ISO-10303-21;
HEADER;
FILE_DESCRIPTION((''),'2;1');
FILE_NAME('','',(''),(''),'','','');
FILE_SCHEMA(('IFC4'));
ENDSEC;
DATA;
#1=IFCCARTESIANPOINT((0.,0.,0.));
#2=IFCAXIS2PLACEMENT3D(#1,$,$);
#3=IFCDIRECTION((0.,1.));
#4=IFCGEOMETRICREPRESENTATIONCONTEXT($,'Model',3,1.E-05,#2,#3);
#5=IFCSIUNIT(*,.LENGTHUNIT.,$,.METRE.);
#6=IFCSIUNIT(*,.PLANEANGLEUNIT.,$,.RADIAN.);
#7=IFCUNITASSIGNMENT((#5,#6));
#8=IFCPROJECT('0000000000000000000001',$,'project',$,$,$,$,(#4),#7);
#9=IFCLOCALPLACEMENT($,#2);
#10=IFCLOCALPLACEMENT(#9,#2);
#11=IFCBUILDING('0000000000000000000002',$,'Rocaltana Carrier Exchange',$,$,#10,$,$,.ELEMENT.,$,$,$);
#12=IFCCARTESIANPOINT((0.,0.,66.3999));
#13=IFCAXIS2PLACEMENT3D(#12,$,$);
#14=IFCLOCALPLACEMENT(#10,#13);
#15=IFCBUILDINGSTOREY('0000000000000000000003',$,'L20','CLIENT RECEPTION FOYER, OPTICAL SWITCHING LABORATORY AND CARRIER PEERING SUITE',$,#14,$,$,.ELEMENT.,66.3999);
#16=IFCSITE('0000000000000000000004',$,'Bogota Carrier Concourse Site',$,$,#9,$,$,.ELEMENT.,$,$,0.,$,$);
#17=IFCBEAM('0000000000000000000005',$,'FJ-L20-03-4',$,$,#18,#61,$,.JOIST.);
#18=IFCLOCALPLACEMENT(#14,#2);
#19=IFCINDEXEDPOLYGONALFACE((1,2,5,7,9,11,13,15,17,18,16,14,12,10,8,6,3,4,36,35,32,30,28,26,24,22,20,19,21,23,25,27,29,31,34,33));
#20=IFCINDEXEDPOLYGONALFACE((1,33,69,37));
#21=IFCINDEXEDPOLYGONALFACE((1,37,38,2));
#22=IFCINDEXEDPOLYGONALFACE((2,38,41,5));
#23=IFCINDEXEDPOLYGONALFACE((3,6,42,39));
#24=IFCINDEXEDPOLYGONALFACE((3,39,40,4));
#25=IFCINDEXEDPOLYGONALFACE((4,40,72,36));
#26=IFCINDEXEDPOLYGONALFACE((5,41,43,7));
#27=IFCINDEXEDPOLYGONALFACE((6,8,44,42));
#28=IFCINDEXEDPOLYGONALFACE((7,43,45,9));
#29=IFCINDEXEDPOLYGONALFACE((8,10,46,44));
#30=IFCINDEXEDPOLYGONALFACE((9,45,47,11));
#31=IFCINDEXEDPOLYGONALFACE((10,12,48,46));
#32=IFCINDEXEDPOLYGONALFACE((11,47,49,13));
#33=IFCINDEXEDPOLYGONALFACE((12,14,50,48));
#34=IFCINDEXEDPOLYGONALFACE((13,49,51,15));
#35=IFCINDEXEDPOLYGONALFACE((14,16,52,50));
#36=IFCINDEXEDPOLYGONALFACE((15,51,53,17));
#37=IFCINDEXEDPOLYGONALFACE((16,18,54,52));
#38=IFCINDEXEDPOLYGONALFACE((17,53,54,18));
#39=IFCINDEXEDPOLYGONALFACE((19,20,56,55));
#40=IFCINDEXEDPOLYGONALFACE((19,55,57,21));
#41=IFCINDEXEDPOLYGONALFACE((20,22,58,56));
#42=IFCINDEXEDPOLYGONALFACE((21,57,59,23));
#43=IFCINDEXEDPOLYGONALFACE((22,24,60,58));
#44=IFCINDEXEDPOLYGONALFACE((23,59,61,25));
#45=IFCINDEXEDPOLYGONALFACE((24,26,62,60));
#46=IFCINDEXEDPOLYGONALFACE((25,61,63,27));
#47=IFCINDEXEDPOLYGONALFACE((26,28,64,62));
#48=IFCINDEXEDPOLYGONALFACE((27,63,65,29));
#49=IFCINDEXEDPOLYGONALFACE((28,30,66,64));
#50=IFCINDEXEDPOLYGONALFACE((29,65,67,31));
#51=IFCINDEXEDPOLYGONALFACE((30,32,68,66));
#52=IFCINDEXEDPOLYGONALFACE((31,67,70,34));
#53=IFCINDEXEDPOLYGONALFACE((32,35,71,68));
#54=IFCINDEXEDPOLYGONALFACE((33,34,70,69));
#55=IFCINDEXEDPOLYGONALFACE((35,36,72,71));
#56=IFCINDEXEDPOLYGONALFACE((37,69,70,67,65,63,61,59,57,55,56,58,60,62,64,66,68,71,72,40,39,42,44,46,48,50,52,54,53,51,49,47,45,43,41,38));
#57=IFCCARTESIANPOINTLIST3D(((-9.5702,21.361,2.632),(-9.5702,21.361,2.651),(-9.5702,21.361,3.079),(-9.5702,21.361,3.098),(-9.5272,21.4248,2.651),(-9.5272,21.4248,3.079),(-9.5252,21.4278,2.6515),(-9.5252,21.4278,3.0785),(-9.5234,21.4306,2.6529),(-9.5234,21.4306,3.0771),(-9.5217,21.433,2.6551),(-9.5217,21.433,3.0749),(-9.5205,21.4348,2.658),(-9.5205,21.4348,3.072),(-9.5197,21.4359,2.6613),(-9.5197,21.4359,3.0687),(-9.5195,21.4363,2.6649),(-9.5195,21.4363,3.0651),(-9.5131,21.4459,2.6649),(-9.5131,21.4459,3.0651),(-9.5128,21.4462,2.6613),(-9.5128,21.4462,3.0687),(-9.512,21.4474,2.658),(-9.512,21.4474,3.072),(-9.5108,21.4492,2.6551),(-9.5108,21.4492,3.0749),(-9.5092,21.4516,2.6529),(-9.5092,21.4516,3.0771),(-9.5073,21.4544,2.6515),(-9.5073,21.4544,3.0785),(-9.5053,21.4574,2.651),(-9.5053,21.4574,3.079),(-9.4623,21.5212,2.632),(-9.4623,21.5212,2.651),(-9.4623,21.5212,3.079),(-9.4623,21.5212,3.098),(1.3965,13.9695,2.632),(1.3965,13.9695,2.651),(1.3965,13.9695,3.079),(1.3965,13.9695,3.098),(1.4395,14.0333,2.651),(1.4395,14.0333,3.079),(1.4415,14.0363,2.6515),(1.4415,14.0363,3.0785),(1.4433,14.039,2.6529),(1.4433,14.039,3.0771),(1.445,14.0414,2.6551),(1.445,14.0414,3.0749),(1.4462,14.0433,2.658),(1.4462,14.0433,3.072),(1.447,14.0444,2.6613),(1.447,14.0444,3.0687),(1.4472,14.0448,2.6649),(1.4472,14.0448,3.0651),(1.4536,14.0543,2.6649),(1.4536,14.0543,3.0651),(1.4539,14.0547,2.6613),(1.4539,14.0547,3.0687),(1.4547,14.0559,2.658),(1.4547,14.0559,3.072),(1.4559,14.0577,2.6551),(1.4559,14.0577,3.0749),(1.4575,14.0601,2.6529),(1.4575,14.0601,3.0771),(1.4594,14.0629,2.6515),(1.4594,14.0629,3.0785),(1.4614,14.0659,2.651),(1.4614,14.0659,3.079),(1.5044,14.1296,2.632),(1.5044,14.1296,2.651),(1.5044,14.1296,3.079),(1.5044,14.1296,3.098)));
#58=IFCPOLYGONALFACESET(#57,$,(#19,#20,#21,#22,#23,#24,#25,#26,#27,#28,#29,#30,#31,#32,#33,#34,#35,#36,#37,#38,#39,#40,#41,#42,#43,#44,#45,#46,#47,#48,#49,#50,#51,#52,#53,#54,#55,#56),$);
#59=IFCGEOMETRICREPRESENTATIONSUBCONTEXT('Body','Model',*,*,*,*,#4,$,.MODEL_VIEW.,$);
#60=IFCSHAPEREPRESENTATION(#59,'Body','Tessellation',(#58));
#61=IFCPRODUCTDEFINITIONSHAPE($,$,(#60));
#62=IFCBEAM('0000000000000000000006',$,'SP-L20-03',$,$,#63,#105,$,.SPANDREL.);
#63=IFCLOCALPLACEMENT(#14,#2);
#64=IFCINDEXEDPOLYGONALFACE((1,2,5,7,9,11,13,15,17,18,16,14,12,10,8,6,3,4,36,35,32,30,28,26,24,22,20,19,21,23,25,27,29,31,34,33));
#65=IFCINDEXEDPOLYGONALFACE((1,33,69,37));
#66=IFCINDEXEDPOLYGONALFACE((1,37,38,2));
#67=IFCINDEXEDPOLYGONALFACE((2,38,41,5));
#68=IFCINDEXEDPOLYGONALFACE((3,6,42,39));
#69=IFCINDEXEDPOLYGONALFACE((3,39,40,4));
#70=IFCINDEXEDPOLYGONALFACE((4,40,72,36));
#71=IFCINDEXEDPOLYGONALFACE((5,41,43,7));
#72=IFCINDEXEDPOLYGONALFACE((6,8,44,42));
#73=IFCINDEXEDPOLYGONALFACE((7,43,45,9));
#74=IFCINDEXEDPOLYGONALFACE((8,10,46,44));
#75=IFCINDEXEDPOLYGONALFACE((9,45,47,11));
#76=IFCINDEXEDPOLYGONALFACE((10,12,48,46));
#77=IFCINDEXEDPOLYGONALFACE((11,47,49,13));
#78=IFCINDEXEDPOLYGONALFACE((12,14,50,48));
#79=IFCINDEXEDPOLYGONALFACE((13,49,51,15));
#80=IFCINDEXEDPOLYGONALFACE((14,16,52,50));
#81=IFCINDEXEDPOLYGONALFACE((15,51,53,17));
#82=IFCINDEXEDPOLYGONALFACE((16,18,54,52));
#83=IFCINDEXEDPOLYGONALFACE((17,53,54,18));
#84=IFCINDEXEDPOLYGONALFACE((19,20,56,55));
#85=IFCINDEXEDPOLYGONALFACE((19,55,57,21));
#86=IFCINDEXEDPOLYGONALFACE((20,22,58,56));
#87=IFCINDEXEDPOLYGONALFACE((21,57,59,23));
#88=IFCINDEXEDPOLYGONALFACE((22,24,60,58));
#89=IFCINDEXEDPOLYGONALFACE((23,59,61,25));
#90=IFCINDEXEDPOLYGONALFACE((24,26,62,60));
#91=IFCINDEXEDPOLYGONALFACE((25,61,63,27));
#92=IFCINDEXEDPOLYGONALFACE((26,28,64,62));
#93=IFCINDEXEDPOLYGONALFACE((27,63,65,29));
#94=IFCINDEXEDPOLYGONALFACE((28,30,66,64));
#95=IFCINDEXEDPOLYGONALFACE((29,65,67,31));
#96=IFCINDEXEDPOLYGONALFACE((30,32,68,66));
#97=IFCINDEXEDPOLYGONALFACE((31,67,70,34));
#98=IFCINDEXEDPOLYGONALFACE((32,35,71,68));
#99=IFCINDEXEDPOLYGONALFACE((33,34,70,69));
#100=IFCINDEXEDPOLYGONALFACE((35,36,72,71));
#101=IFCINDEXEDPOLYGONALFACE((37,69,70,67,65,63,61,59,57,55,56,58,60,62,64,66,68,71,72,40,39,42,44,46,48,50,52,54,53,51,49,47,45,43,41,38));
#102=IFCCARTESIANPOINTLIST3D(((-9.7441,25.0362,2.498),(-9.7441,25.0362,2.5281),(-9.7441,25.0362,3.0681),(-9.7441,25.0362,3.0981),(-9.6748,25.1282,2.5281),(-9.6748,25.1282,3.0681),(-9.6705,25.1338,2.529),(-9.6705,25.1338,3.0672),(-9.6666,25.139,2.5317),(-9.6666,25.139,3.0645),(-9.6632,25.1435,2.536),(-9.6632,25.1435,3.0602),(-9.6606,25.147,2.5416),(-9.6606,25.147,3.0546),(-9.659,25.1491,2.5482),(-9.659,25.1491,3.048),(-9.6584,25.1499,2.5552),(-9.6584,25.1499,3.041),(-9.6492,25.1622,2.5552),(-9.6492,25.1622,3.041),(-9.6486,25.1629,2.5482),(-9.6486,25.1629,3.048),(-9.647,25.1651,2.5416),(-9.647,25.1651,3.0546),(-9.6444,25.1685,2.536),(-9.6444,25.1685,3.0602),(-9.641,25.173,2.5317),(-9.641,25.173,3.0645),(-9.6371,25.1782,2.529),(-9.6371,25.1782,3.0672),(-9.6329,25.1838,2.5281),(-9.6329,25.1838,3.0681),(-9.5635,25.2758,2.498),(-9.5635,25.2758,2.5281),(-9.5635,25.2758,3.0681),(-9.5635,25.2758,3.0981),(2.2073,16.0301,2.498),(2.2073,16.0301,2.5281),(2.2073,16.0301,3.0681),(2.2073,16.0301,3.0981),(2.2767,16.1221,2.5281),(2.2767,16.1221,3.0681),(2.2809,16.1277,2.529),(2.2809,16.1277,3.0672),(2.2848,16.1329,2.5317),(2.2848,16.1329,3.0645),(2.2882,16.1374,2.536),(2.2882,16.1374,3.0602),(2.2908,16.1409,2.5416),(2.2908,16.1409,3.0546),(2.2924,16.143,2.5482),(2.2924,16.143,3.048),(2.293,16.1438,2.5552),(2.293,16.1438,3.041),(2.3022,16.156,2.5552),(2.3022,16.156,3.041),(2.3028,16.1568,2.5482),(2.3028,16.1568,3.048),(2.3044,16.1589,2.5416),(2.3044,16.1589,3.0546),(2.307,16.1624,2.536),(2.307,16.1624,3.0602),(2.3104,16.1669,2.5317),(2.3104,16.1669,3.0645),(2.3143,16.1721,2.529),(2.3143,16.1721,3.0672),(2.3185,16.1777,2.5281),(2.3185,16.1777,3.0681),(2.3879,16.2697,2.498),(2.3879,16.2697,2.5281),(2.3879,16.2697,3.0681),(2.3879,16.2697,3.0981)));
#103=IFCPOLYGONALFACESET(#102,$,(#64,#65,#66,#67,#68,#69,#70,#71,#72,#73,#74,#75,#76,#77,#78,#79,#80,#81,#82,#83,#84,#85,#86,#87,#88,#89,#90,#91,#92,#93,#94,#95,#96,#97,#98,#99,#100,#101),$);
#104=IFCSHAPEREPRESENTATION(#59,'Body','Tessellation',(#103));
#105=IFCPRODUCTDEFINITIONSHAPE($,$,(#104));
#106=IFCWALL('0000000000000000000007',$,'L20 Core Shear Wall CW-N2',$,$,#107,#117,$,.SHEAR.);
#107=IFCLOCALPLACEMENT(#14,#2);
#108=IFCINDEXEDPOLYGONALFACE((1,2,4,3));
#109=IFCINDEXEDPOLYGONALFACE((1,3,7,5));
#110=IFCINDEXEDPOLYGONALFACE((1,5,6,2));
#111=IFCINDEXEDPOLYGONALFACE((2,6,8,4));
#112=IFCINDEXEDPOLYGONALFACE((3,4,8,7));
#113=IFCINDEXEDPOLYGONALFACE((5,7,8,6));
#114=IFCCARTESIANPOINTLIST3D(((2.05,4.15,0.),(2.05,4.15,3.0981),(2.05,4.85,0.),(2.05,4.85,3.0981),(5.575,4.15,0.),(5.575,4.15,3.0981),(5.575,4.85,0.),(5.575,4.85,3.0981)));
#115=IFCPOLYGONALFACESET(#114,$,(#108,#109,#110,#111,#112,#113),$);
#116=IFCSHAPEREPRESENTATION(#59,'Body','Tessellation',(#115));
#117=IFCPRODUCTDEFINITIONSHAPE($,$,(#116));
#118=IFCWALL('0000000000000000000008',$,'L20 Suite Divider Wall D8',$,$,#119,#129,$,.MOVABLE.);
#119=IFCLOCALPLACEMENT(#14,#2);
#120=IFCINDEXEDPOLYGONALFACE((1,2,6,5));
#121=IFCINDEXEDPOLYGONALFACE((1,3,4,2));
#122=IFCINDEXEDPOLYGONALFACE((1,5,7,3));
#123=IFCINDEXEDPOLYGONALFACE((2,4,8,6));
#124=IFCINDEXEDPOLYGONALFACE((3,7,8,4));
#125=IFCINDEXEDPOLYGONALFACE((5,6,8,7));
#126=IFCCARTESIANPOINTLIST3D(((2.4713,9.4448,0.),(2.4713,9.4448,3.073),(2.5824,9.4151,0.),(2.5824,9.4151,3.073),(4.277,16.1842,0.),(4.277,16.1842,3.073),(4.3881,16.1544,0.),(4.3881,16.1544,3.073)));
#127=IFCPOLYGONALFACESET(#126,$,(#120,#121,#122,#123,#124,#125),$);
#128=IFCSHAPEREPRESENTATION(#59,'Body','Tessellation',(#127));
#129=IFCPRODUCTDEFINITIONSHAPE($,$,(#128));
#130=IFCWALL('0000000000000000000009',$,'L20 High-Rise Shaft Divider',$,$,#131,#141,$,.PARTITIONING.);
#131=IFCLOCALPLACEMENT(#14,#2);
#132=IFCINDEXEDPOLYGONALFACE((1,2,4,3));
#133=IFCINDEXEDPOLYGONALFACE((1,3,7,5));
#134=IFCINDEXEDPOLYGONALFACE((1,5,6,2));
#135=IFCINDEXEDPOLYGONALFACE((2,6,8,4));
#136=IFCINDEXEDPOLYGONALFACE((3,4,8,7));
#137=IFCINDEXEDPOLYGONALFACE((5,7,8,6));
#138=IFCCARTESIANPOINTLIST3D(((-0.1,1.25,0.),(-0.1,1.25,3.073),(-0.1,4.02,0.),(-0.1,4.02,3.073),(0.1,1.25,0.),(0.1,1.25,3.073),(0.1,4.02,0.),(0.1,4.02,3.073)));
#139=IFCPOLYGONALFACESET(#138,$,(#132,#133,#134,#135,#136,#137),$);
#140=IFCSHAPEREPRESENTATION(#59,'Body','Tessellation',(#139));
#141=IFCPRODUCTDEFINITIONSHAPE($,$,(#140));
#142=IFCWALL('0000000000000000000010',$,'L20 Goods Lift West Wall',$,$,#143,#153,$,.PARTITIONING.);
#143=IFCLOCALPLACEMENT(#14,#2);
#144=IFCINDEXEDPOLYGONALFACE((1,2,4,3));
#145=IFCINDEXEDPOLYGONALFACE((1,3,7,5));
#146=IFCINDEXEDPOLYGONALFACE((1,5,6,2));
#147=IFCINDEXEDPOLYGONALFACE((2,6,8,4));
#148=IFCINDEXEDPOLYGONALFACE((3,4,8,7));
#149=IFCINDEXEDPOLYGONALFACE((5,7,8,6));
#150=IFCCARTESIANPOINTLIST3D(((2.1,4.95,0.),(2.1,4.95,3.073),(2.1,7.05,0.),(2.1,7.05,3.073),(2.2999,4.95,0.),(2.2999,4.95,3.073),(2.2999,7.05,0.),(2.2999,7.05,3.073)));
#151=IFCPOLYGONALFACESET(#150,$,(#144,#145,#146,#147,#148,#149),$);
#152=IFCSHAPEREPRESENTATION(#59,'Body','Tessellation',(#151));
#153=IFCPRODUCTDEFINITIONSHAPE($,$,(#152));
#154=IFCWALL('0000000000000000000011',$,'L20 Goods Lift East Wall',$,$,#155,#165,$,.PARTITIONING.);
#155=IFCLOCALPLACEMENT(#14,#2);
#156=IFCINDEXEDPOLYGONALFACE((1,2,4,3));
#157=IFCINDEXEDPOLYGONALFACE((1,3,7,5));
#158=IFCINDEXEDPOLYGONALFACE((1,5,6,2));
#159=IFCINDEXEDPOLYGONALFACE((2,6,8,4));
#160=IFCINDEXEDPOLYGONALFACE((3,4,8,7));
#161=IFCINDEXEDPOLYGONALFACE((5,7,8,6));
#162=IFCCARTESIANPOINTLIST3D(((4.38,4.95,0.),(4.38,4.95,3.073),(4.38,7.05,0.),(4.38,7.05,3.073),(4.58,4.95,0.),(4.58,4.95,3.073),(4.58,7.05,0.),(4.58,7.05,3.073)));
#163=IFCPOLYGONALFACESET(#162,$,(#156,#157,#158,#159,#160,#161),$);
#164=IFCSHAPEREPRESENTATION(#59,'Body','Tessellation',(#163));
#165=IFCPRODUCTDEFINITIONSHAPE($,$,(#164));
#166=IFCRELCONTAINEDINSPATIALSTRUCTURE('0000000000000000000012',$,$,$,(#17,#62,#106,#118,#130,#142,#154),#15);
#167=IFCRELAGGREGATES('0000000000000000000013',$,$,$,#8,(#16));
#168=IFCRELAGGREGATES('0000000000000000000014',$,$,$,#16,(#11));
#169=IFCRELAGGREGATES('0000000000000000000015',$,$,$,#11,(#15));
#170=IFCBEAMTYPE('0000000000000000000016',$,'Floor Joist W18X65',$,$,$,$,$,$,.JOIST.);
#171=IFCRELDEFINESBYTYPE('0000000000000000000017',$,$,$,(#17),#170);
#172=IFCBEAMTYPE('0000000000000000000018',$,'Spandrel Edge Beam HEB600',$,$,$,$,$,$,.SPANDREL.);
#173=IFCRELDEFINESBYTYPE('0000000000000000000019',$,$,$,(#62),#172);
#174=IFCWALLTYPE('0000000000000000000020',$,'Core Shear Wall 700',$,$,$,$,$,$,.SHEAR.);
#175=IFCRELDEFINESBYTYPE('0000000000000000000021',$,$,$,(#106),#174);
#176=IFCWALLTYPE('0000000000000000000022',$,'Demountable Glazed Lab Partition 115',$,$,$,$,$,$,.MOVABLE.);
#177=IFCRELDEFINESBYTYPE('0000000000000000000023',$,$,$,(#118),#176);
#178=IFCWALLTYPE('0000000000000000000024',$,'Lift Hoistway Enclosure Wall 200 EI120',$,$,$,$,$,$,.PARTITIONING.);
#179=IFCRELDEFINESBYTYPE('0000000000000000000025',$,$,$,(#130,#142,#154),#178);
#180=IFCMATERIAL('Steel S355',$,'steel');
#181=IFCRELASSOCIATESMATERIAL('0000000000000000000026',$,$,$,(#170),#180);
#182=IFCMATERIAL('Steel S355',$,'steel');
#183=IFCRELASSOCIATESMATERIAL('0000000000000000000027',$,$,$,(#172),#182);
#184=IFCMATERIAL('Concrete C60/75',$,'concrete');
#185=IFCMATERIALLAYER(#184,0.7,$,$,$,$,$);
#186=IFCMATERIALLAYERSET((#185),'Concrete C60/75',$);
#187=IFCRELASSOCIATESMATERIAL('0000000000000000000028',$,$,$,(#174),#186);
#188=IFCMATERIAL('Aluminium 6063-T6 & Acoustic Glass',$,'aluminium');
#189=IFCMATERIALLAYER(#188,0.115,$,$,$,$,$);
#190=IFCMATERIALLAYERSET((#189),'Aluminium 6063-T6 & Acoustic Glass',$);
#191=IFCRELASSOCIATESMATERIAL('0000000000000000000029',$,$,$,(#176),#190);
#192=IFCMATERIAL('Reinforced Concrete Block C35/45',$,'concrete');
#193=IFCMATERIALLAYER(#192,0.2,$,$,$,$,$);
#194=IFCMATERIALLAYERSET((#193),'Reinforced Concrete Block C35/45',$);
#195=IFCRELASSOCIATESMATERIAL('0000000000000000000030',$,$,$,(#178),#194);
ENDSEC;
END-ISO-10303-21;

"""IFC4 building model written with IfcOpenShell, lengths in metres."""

from ifc_helpers import new_model, si_unit, direction, frame, frame_2d, origin, origin_2d, place, context, subcontext, project, spatial, rectangle, i_section, extrude, material, layer, layer_set, material_profile, profile_set, type_object, element, save


model = new_model("IFC4")

# Units and contexts
model_context = context("Model", 3, precision=1e-05, world=origin(), true_north=direction((0.0, 1.0)))
body_context = subcontext(model_context, "Body", "Model", "MODEL_VIEW")
ifc_project = project(units=[si_unit("LENGTHUNIT", "METRE"), si_unit("PLANEANGLEUNIT", "RADIAN")], contexts=[model_context])

# Site, building, storey
site_placement = place(None, origin())
site = spatial("IfcSite", under=ifc_project, at=site_placement, Name="Bogota Carrier Concourse Site", CompositionType="ELEMENT", RefElevation=0.0)
building_placement = place(site_placement, origin())
building = spatial("IfcBuilding", under=site, at=building_placement, Name="Rocaltana Carrier Exchange", CompositionType="ELEMENT")
storey_placement = place(building_placement, frame((0.0, 0.0, 66.3999)))
storey = spatial("IfcBuildingStorey", under=building, at=storey_placement, Name="L20", Description="CLIENT RECEPTION FOYER, OPTICAL SWITCHING LABORATORY AND CARRIER PEERING SUITE", CompositionType="ELEMENT", Elevation=66.3999)

# Beams
ifc_material_1 = material(Name="Steel S355", Category="steel")
ifc_material_profile_1 = material_profile(ifc_material_1, i_section(OverallWidth=0.1931, OverallDepth=0.4661, WebThickness=0.0115, FlangeThickness=0.019, FilletRadius=0.0139, at=origin_2d()), Name="W18X65")
ifc_profile_set_1 = profile_set([ifc_material_profile_1], Name="Steel S355")
beam_type_1 = type_object("IfcBeamType", Name="Floor Joist W18X65", PredefinedType="JOIST", material=ifc_profile_set_1)
beam_1_placement = place(storey_placement, frame((1.4504, 14.0496, 2.865), z_axis=(-0.829234, 0.558902, 0.0), x_axis=(-0.558902, -0.829234, 0.0)))
element("IfcBeam", 1, at=beam_1_placement, inside=storey, type_object=beam_type_1, Name="FJ-L20-03-4", PredefinedType="JOIST", context=body_context, shape_type="SweptSolid", body=[
    extrude(i_section(OverallWidth=0.1931, OverallDepth=0.4661, WebThickness=0.0115, FlangeThickness=0.019, FilletRadius=0.0139, at=origin_2d()), origin(), (0.0, 0.0, 1.0), 13.2251),
])
ifc_material_2 = material(Name="Steel S355", Category="steel")
ifc_material_profile_2 = material_profile(ifc_material_2, i_section(OverallWidth=0.3, OverallDepth=0.6001, WebThickness=0.0154, FlangeThickness=0.03, FilletRadius=0.0271, at=origin_2d()), Name="HEB600")
ifc_profile_set_2 = profile_set([ifc_material_profile_2], Name="Steel S355")
beam_type_2 = type_object("IfcBeamType", Name="Spandrel Edge Beam HEB600", PredefinedType="SPANDREL", material=ifc_profile_set_2)
beam_2_placement = place(storey_placement, frame((2.2976, 16.1499, 2.7981), z_axis=(-0.798633, 0.601818, 0.0), x_axis=(-0.601818, -0.798633, 0.0)))
element("IfcBeam", 2, at=beam_2_placement, inside=storey, type_object=beam_type_2, Name="SP-L20-03", PredefinedType="SPANDREL", context=body_context, shape_type="SweptSolid", body=[
    extrude(i_section(OverallWidth=0.3, OverallDepth=0.6001, WebThickness=0.0154, FlangeThickness=0.03, FilletRadius=0.0271, at=origin_2d()), origin(), (0.0, 0.0, 1.0), 14.9648),
])

# Walls
ifc_material_3 = material(Name="Concrete C60/75", Category="concrete")
ifc_layer_1 = layer(ifc_material_3, 0.7)
ifc_layer_set_1 = layer_set([ifc_layer_1], Name="Concrete C60/75")
wall_type_1 = type_object("IfcWallType", Name="Core Shear Wall 700", PredefinedType="SHEAR", material=ifc_layer_set_1)
wall_1_placement = place(storey_placement, frame((2.05, 4.5, 0.0), z_axis=(0.0, 0.0, 1.0), x_axis=(1.0, 0.0, 0.0)))
element("IfcWall", 3, at=wall_1_placement, inside=storey, type_object=wall_type_1, Name="L20 Core Shear Wall CW-N2", PredefinedType="SHEAR", context=body_context, shape_type="SweptSolid", body=[
    extrude(rectangle(XDim=3.5249, YDim=0.7, at=frame_2d((1.7625, 0.0))), origin(), (0.0, 0.0, 1.0), 3.0981),
])
ifc_material_4 = material(Name="Aluminium 6063-T6 & Acoustic Glass", Category="aluminium")
ifc_layer_2 = layer(ifc_material_4, 0.115)
ifc_layer_set_2 = layer_set([ifc_layer_2], Name="Aluminium 6063-T6 & Acoustic Glass")
wall_type_2 = type_object("IfcWallType", Name="Demountable Glazed Lab Partition 115", PredefinedType="MOVABLE", material=ifc_layer_set_2)
wall_2_placement = place(storey_placement, frame((2.5269, 9.4299, 0.0), z_axis=(0.0, 0.0, 1.0), x_axis=(0.258804, 0.96593, 0.0)))
element("IfcWall", 4, at=wall_2_placement, inside=storey, type_object=wall_type_2, Name="L20 Suite Divider Wall D8", PredefinedType="MOVABLE", context=body_context, shape_type="SweptSolid", body=[
    extrude(rectangle(XDim=6.9771, YDim=0.115, at=frame_2d((3.4885, 0.0))), origin(), (0.0, 0.0, 1.0), 3.073),
])
ifc_material_5 = material(Name="Reinforced Concrete Block C35/45", Category="concrete")
ifc_layer_3 = layer(ifc_material_5, 0.2)
ifc_layer_set_3 = layer_set([ifc_layer_3], Name="Reinforced Concrete Block C35/45")
wall_type_3 = type_object("IfcWallType", Name="Lift Hoistway Enclosure Wall 200 EI120", PredefinedType="PARTITIONING", material=ifc_layer_set_3)
wall_3_placement = place(storey_placement, frame((0.0, 1.25, 0.0), z_axis=(0.0, 0.0, 1.0), x_axis=(0.0, 1.0, 0.0)))
element("IfcWall", 5, at=wall_3_placement, inside=storey, type_object=wall_type_3, Name="L20 High-Rise Shaft Divider", PredefinedType="PARTITIONING", context=body_context, shape_type="SweptSolid", body=[
    extrude(rectangle(XDim=2.77, YDim=0.2, at=frame_2d((1.385, 0.0))), origin(), (0.0, 0.0, 1.0), 3.073),
])
for number, where, z_axis, x_axis, name in (
    (6, (2.2, 4.95, 0.0), (0.0, 0.0, 1.0), (0.0, 1.0, 0.0), "L20 Goods Lift West Wall"),
    (7, (4.48, 4.95, 0.0), (0.0, 0.0, 1.0), (0.0, 1.0, 0.0), "L20 Goods Lift East Wall"),
):
    element("IfcWall", number, at=place(storey_placement, frame(where, z_axis=z_axis, x_axis=x_axis)), inside=storey, type_object=wall_type_3, Name=name, PredefinedType="PARTITIONING", context=body_context, shape_type="SweptSolid", body=[
        extrude(rectangle(XDim=2.1001, YDim=0.2, at=frame_2d((1.05, 0.0))), origin(), (0.0, 0.0, 1.0), 3.073),
    ])

save(model, "model.ifc")
